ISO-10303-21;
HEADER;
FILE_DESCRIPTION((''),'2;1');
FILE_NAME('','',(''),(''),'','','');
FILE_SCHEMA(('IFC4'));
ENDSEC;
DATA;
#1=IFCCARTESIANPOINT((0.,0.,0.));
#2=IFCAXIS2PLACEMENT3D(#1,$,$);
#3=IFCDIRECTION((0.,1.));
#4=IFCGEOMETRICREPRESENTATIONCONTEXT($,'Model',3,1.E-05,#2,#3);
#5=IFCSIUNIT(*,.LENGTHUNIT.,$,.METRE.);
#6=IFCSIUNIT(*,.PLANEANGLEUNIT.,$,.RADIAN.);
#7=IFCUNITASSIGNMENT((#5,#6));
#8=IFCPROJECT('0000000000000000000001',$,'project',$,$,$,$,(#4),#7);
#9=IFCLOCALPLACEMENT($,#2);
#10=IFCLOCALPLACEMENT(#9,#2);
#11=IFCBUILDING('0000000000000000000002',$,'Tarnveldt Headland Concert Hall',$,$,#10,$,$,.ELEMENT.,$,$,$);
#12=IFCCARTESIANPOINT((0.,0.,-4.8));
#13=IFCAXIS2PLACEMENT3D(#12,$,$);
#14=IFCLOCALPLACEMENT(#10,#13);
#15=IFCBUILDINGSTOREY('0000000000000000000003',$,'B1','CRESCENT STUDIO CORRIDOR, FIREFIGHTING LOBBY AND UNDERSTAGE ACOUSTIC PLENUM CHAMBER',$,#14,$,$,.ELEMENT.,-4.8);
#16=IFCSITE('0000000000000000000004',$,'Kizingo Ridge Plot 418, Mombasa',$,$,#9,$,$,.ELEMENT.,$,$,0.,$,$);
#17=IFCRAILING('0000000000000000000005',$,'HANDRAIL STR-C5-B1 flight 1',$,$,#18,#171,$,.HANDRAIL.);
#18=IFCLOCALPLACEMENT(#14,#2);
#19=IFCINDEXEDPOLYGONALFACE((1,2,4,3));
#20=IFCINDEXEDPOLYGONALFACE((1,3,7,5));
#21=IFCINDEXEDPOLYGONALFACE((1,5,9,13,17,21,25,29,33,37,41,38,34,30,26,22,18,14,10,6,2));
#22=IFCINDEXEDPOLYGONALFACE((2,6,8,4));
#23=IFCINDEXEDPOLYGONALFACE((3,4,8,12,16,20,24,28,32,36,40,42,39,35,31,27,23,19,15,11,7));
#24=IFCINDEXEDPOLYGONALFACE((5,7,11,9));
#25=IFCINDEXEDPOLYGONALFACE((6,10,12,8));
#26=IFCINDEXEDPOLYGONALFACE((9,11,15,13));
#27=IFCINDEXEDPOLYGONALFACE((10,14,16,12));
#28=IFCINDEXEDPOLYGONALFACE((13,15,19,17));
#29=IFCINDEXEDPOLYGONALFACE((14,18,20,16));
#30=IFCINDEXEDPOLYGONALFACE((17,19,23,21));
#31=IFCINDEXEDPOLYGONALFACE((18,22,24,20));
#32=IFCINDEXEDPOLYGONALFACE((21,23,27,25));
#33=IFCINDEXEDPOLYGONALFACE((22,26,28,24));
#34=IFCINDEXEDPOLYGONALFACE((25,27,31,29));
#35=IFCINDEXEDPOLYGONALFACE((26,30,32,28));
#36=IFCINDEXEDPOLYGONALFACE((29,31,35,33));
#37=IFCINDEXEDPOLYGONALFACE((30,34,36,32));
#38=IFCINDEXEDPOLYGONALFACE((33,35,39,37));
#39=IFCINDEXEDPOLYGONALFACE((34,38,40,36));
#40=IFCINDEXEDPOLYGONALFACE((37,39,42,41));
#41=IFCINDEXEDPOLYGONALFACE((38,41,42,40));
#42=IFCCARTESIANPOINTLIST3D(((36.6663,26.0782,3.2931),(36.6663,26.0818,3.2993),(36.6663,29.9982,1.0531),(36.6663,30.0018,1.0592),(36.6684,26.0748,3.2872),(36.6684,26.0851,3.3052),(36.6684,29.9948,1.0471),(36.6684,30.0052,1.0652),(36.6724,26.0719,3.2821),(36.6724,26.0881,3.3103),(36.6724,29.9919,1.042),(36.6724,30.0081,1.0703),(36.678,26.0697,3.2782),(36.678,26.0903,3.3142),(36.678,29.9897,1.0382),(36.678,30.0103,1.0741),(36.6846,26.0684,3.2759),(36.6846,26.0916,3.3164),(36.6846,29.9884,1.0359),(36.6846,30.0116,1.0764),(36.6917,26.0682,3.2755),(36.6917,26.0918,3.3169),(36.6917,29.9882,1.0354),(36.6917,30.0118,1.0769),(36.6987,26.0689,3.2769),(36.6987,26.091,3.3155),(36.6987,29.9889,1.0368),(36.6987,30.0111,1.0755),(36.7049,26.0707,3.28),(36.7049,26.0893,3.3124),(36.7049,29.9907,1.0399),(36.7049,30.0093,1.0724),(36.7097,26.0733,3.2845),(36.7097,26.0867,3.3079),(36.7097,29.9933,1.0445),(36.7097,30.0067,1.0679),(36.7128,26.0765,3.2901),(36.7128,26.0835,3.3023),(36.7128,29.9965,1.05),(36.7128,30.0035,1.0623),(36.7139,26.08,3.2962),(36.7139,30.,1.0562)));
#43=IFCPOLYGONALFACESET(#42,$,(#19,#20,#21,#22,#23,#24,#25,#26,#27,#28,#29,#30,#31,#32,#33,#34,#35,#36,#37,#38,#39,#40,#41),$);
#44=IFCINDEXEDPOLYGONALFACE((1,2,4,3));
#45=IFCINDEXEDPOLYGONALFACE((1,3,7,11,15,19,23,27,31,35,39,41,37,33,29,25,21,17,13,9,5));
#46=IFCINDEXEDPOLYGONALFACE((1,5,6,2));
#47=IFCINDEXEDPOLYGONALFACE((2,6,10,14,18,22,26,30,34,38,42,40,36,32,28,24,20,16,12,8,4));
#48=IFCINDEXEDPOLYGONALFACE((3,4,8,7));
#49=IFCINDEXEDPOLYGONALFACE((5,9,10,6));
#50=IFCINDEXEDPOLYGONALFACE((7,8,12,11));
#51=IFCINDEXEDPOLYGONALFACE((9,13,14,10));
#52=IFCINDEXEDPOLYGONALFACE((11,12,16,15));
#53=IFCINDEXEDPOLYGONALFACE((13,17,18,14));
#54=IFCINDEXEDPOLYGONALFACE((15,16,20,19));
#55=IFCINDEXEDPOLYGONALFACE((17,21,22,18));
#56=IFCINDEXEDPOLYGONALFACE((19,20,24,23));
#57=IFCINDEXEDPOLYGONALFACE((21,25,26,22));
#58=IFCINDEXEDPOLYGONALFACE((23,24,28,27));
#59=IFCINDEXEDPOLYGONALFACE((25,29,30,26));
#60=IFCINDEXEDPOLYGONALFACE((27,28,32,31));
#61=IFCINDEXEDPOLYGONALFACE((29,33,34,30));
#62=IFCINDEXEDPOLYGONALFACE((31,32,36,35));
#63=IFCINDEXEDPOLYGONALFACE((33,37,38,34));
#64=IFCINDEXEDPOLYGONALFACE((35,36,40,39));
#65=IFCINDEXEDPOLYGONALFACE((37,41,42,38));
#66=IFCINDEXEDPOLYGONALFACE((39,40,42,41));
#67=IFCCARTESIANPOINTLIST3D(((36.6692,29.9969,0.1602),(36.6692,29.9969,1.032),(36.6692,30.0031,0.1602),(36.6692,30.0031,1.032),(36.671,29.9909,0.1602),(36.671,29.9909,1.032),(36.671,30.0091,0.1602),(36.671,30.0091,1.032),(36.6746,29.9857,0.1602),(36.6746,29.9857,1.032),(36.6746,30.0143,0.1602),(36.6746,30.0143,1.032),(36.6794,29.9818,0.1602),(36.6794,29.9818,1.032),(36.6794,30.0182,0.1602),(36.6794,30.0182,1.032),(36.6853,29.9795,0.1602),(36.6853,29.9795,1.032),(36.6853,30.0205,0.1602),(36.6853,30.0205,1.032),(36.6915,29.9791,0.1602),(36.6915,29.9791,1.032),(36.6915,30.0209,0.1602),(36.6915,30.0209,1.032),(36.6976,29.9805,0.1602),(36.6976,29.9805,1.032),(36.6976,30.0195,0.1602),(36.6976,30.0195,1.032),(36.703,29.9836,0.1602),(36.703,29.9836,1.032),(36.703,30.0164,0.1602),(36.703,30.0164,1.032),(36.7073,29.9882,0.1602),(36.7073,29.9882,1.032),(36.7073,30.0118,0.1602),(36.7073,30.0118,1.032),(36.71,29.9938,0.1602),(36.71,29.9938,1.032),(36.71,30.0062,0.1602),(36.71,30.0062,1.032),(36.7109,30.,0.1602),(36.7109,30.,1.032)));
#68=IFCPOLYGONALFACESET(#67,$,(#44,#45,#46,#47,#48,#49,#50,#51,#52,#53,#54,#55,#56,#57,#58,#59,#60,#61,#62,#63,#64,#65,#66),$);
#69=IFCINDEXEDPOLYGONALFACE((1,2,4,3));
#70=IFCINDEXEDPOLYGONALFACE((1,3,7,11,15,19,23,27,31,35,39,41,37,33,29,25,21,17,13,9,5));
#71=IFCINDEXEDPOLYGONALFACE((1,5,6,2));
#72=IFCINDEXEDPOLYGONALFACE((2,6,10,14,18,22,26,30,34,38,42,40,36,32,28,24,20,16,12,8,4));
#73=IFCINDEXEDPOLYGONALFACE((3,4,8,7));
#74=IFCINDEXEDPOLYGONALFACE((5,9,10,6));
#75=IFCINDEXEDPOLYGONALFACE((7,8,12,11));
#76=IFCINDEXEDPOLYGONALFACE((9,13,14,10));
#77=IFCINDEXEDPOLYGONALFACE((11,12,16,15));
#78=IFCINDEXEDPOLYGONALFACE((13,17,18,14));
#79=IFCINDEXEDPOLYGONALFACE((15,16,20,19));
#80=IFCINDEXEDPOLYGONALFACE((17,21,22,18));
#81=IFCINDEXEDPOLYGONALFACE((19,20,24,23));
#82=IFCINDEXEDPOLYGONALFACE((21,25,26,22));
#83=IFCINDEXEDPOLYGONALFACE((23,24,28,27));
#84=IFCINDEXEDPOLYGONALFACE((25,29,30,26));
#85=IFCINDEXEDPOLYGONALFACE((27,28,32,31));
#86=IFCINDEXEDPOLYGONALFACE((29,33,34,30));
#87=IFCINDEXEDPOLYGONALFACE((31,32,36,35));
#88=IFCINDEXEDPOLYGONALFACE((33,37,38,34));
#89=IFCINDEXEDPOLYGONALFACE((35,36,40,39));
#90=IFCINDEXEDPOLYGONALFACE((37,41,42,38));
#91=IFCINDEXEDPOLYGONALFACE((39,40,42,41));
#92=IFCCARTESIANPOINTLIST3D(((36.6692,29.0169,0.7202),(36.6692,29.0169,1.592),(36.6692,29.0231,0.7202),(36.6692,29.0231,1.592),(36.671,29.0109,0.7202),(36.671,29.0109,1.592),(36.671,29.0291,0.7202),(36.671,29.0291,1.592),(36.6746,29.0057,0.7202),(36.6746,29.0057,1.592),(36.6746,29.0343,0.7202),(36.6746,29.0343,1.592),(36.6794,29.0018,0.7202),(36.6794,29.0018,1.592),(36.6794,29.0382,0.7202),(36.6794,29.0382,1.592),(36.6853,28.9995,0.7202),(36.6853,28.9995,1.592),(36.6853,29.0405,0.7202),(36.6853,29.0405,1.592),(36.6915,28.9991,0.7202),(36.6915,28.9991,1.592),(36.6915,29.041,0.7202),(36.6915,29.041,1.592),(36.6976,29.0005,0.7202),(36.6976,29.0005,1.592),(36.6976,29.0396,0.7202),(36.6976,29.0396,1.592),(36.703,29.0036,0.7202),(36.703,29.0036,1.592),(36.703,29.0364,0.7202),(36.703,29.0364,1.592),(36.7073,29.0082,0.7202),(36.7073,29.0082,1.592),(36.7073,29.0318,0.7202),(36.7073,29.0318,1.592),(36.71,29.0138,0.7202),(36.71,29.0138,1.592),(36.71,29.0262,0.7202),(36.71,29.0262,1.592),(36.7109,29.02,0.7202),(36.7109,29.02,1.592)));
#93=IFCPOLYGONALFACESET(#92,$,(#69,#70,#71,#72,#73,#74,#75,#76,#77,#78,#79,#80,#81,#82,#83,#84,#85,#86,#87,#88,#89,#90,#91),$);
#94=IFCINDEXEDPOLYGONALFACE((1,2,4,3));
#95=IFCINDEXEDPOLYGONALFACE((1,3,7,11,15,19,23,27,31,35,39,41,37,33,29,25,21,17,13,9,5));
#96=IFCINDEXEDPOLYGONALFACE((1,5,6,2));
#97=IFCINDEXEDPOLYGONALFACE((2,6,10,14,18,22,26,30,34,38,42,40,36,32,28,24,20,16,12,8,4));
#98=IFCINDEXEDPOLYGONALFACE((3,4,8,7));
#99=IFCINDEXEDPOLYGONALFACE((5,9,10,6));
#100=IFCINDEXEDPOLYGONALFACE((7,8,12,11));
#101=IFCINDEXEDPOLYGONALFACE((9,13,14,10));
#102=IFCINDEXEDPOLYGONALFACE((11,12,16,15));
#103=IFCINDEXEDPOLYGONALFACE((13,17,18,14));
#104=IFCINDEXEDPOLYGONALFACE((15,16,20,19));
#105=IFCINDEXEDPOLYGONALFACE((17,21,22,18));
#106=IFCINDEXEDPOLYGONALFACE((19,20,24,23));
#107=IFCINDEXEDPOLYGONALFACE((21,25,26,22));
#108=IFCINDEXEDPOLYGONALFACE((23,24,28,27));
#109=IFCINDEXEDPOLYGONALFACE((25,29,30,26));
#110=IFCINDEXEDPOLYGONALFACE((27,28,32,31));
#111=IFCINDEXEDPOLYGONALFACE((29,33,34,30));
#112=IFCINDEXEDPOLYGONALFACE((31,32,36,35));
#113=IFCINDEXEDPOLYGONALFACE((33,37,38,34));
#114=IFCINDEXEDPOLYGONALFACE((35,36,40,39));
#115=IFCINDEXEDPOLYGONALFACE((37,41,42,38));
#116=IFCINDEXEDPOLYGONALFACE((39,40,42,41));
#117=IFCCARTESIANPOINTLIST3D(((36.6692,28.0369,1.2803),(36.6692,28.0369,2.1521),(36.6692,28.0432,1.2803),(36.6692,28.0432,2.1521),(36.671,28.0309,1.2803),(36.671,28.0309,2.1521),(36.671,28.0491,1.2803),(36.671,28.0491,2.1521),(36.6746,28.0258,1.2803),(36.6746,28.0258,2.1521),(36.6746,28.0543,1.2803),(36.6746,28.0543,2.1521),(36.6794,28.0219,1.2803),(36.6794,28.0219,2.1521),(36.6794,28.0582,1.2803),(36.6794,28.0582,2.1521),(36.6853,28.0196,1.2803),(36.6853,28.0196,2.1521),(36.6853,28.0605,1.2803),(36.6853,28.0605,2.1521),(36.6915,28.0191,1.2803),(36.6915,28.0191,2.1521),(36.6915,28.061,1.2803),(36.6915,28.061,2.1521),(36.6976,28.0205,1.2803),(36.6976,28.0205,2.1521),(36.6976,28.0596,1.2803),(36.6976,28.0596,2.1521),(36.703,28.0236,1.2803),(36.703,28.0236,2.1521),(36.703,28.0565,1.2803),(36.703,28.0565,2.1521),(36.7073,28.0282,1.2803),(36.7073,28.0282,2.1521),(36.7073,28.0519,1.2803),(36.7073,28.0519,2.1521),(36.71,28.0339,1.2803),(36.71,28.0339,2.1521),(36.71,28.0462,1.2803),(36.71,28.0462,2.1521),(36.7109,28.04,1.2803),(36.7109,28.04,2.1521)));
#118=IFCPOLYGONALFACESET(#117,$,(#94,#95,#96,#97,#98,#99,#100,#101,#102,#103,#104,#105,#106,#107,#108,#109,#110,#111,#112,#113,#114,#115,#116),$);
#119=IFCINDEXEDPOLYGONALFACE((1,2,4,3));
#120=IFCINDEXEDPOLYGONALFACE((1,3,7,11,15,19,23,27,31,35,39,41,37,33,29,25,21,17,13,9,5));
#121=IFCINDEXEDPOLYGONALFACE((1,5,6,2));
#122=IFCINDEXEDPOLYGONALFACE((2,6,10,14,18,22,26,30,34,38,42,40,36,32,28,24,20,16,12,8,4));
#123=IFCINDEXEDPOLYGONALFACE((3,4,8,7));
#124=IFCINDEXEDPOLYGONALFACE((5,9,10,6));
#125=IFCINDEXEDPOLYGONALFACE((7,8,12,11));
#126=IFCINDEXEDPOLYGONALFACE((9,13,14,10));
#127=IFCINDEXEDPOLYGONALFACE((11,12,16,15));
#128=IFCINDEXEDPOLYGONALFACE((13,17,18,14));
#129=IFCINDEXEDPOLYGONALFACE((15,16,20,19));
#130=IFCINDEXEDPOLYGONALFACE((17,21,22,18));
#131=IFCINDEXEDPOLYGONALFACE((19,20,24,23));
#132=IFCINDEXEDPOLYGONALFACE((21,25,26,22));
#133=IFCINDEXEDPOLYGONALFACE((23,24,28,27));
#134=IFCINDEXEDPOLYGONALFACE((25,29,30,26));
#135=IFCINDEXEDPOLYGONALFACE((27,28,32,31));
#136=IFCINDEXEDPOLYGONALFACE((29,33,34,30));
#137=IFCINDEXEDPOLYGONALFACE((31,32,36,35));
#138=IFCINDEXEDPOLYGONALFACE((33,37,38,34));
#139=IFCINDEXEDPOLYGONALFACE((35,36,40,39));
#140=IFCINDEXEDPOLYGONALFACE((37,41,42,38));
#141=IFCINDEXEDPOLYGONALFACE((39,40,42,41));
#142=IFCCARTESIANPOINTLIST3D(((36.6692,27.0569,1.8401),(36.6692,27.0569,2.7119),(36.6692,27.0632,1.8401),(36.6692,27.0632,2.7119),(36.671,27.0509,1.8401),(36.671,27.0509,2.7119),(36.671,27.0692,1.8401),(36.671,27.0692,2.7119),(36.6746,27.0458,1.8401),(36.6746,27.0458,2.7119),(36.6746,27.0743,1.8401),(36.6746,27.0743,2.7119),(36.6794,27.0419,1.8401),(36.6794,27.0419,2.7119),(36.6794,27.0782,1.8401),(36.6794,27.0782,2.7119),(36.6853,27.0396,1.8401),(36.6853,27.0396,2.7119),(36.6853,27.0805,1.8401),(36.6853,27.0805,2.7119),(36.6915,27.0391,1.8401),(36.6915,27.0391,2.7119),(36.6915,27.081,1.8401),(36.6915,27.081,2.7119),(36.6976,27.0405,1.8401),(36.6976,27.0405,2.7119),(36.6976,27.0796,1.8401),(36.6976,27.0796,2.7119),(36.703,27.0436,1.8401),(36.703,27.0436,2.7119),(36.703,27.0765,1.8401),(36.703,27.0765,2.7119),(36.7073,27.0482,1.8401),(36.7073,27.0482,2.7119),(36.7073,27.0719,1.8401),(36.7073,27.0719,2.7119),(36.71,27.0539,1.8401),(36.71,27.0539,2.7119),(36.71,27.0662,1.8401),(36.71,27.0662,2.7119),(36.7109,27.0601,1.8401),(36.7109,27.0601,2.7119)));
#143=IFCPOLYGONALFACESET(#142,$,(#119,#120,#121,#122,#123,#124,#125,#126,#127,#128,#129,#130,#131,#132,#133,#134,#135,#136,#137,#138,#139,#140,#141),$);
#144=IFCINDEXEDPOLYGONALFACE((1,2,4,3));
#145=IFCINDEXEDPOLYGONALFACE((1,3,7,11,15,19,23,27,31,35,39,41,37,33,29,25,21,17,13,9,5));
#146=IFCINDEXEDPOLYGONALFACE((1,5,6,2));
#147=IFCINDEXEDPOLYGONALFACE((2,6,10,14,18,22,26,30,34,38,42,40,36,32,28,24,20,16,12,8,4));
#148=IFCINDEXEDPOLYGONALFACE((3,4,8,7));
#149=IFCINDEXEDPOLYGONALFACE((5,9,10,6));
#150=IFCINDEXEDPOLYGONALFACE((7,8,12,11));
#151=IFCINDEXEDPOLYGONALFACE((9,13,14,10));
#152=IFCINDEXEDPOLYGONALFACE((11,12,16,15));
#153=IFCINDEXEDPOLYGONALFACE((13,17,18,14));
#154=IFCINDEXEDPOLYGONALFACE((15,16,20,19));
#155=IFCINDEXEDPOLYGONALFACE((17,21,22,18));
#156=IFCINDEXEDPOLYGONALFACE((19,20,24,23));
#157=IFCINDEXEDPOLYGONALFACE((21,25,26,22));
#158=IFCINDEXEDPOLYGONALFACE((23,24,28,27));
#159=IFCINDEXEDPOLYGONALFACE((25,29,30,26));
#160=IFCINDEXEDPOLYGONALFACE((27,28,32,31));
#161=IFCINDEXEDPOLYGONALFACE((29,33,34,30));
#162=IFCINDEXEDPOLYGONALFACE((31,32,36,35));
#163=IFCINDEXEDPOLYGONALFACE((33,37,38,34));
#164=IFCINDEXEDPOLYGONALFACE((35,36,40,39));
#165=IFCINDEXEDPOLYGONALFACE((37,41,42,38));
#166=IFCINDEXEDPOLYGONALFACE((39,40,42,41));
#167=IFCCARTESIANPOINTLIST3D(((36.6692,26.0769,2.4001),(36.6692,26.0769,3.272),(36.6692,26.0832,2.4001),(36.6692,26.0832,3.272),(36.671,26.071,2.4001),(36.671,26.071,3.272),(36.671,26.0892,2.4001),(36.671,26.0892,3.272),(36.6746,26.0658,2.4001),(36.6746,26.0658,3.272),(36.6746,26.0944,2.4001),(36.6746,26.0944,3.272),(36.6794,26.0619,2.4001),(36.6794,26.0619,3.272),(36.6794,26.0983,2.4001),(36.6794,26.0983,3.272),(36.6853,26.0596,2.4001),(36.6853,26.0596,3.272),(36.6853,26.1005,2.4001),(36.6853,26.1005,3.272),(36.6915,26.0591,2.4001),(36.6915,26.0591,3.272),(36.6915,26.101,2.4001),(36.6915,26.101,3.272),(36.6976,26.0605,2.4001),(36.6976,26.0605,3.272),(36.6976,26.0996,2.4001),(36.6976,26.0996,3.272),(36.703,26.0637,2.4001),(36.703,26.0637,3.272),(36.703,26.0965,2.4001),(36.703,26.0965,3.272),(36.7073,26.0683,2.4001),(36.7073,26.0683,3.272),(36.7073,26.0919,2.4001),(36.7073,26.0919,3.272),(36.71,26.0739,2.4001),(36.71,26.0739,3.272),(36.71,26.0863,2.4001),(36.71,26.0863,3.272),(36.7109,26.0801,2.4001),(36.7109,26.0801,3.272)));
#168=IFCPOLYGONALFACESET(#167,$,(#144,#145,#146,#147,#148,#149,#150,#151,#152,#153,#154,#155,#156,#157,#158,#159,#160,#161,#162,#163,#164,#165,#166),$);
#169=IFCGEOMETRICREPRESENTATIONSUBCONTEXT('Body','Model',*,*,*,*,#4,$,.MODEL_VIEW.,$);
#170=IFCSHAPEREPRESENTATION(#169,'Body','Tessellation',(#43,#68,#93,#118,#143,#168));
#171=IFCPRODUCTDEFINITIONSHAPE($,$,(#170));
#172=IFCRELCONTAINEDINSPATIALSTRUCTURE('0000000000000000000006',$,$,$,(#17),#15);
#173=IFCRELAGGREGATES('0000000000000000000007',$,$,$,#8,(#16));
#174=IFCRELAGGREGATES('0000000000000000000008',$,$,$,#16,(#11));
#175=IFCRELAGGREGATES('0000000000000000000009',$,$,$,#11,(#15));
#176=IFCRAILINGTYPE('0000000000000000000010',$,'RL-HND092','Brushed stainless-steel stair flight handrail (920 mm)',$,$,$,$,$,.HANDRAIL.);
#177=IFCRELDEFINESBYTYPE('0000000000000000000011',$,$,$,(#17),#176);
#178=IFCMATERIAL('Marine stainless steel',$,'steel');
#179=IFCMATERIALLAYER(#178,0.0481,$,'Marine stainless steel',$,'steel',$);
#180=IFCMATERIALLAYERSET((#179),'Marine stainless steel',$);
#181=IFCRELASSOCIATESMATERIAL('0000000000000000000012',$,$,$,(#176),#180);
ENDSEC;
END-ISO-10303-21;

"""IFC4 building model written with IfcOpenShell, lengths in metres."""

from ifc_helpers import new_model, si_unit, direction, frame, origin, origin_2d, place, context, subcontext, project, spatial, circle, extrude, material, layer, layer_set, type_object, element, save


model = new_model("IFC4")

# Units and contexts
model_context = context("Model", 3, precision=1e-05, world=origin(), true_north=direction((0.0, 1.0)))
body_context = subcontext(model_context, "Body", "Model", "MODEL_VIEW")
ifc_project = project(units=[si_unit("LENGTHUNIT", "METRE"), si_unit("PLANEANGLEUNIT", "RADIAN")], contexts=[model_context])

# Site, building, storey
site_placement = place(None, origin())
site = spatial("IfcSite", under=ifc_project, at=site_placement, Name="Kizingo Ridge Plot 418, Mombasa", CompositionType="ELEMENT", RefElevation=0.0)
building_placement = place(site_placement, origin())
building = spatial("IfcBuilding", under=site, at=building_placement, Name="Tarnveldt Headland Concert Hall", CompositionType="ELEMENT")
storey_placement = place(building_placement, frame((0.0, 0.0, -4.8)))
storey = spatial("IfcBuildingStorey", under=building, at=storey_placement, Name="B1", Description="CRESCENT STUDIO CORRIDOR, FIREFIGHTING LOBBY AND UNDERSTAGE ACOUSTIC PLENUM CHAMBER", CompositionType="ELEMENT", Elevation=-4.8)

# Railing
ifc_material_1 = material(Name="Marine stainless steel", Category="steel")
ifc_layer_1 = layer(ifc_material_1, 0.0481, Name="Marine stainless steel", Category="steel")
ifc_layer_set_1 = layer_set([ifc_layer_1], Name="Marine stainless steel")
railing_type_1 = type_object("IfcRailingType", Name="RL-HND092", Description="Brushed stainless-steel stair flight handrail (920 mm)", PredefinedType="HANDRAIL", material=ifc_layer_set_1)
railing_1_placement = place(storey_placement, frame((36.6899, 30.0, 0.1602)))
element("IfcRailing", 1, at=railing_1_placement, inside=storey, type_object=railing_type_1, Name="HANDRAIL STR-C5-B1 flight 1", PredefinedType="HANDRAIL", context=body_context, shape_type="SweptSolid", body=[
    extrude(circle(Radius=0.0239, at=origin_2d()), frame((0.0, 0.0, 0.896), z_axis=(0.0, -0.86824, 0.496145), x_axis=(1.0, 0.0, 0.0)), (0.0, 0.0, 1.0), 4.5149),
    extrude(circle(Radius=0.021, at=origin_2d()), origin(), (0.0, 0.0, 1.0), 0.8718),
    extrude(circle(Radius=0.021, at=origin_2d()), frame((0.0, -0.98, 0.5601)), (0.0, 0.0, 1.0), 0.8718),
    extrude(circle(Radius=0.021, at=origin_2d()), frame((0.0, -1.96, 1.1201)), (0.0, 0.0, 1.0), 0.8718),
    extrude(circle(Radius=0.021, at=origin_2d()), frame((0.0, -2.9399, 1.6799)), (0.0, 0.0, 1.0), 0.8718),
    extrude(circle(Radius=0.021, at=origin_2d()), frame((0.0, -3.9199, 2.24)), (0.0, 0.0, 1.0), 0.8718),
])

save(model, "model.ifc")
